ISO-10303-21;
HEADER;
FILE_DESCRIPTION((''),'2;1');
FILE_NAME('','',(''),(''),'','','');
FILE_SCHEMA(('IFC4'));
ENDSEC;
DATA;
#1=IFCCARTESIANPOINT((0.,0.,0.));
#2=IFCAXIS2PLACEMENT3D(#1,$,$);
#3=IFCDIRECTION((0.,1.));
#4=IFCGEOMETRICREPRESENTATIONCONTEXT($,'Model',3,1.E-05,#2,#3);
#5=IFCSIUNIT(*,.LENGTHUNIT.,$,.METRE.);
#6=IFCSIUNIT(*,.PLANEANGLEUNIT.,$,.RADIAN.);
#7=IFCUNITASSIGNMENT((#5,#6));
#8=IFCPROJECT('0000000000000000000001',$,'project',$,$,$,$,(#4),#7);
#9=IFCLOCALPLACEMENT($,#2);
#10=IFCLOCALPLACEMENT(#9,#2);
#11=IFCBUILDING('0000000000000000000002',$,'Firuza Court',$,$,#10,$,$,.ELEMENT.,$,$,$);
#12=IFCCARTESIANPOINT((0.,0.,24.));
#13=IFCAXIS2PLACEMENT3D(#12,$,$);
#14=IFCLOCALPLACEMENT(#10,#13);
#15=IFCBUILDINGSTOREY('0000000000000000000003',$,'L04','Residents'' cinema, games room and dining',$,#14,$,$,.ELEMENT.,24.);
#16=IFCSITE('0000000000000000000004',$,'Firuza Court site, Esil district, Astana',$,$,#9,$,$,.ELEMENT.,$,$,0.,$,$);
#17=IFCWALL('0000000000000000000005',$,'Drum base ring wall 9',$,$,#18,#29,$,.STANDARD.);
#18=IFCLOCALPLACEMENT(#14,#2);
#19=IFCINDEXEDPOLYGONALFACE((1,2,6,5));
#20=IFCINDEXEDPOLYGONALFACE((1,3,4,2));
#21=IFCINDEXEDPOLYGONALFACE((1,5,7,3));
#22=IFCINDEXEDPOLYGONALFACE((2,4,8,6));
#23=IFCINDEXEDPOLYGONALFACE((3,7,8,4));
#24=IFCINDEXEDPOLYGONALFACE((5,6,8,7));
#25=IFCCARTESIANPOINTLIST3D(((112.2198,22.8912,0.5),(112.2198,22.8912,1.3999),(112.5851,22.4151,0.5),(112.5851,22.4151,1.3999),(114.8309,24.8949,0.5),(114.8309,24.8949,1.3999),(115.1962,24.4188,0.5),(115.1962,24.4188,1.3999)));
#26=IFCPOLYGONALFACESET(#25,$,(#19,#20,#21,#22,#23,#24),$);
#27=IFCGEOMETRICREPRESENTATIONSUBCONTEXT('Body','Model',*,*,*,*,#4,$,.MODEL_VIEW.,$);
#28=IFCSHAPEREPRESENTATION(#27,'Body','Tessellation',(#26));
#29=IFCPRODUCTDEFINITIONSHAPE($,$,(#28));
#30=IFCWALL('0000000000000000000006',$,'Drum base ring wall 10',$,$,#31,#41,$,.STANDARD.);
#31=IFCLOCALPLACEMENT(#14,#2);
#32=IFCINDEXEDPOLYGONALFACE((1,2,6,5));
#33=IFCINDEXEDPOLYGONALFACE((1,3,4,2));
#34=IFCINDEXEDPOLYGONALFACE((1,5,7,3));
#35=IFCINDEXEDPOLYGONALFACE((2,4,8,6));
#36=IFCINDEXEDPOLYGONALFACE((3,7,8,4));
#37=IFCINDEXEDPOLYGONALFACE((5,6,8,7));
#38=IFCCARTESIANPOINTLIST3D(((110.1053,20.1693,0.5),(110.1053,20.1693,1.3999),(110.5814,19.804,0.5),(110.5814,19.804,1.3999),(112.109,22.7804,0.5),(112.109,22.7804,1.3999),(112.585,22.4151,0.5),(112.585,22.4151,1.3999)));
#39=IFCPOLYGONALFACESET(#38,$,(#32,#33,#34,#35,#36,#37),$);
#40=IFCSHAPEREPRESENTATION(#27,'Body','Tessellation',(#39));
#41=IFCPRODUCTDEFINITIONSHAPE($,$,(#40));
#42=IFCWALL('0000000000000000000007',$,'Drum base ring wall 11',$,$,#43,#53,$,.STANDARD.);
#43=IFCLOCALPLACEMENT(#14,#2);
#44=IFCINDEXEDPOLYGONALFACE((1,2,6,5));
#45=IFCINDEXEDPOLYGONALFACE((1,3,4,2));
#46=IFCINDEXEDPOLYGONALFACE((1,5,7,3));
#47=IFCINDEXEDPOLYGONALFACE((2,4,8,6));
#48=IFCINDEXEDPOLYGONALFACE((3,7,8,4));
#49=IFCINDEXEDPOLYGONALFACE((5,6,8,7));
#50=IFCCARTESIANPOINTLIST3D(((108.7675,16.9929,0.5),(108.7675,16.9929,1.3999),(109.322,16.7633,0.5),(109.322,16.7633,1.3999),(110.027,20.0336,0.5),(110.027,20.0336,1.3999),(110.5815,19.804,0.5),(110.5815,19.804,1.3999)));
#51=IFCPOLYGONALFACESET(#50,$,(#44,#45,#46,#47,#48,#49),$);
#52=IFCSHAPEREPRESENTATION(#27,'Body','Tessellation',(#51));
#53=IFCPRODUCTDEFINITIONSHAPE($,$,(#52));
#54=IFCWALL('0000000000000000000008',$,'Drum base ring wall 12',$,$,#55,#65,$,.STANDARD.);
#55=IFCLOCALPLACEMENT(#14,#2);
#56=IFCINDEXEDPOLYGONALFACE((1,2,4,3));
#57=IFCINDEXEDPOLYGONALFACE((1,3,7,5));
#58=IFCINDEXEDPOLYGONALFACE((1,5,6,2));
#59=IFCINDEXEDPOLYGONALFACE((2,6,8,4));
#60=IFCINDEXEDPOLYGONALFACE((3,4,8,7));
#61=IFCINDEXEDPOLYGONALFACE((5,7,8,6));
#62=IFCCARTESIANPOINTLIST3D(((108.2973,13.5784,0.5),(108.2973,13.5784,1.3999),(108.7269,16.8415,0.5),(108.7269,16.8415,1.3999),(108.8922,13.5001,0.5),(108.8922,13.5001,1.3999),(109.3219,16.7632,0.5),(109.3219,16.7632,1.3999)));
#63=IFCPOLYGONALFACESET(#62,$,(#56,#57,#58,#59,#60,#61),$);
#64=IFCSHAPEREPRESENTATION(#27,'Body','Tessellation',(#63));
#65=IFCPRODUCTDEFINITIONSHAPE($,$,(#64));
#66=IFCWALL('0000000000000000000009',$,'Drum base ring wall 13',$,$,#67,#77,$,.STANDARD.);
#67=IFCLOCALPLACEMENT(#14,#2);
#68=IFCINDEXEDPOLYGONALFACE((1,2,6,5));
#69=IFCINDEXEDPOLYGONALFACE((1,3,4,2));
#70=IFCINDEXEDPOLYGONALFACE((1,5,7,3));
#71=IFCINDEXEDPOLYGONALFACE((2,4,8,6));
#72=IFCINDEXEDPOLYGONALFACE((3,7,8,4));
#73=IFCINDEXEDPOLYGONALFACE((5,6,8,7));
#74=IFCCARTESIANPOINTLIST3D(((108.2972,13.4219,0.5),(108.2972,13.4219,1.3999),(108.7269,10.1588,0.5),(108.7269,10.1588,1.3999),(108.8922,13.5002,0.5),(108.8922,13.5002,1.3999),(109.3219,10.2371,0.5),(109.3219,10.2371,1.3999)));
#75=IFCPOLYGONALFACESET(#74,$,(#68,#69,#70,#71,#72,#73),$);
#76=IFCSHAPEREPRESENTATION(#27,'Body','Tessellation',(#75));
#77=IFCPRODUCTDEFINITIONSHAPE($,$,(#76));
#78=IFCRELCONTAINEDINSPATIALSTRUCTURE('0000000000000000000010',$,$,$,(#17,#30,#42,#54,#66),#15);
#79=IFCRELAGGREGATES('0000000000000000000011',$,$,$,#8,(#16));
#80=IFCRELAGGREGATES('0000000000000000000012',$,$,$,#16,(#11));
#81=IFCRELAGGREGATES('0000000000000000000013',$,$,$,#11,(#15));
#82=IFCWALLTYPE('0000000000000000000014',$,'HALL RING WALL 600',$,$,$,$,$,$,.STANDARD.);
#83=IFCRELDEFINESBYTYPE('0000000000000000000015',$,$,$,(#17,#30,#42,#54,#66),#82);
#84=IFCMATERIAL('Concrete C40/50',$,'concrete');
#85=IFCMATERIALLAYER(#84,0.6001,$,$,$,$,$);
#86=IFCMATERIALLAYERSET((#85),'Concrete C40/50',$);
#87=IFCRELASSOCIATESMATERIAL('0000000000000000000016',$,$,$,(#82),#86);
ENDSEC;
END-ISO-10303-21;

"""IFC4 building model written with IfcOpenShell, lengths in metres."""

from ifc_helpers import new_model, si_unit, direction, frame, frame_2d, origin, place, context, subcontext, project, spatial, rectangle, extrude, material, layer, layer_set, type_object, element, save


model = new_model("IFC4")

# Units and contexts
model_context = context("Model", 3, precision=1e-05, world=origin(), true_north=direction((0.0, 1.0)))
body_context = subcontext(model_context, "Body", "Model", "MODEL_VIEW")
ifc_project = project(units=[si_unit("LENGTHUNIT", "METRE"), si_unit("PLANEANGLEUNIT", "RADIAN")], contexts=[model_context])

# Site, building, storey
site_placement = place(None, origin())
site = spatial("IfcSite", under=ifc_project, at=site_placement, Name="Firuza Court site, Esil district, Astana", CompositionType="ELEMENT", RefElevation=0.0)
building_placement = place(site_placement, origin())
building = spatial("IfcBuilding", under=site, at=building_placement, Name="Firuza Court", CompositionType="ELEMENT")
storey_placement = place(building_placement, frame((0.0, 0.0, 24.0)))
storey = spatial("IfcBuildingStorey", under=building, at=storey_placement, Name="L04", Description="Residents' cinema, games room and dining", CompositionType="ELEMENT", Elevation=24.0)

# Shared definitions
ifc_material_1 = material(Name="Concrete C40/50", Category="concrete")

# Walls
ifc_layer_1 = layer(ifc_material_1, 0.6001)
ifc_layer_set_1 = layer_set([ifc_layer_1], Name="Concrete C40/50")
wall_type_1 = type_object("IfcWallType", Name="HALL RING WALL 600", PredefinedType="STANDARD", material=ifc_layer_set_1)
for number, where, z_axis, x_axis, name in (
    (1, (115.0134, 24.6567, 0.5), (0.0, 0.0, 1.0), (-0.793338, -0.608782, 0.0), "Drum base ring wall 9"),
    (2, (112.3469, 22.5977, 0.5), (0.0, 0.0, 1.0), (-0.608782, -0.793338, 0.0), "Drum base ring wall 10"),
    (3, (110.3042, 19.9187, 0.5), (0.0, 0.0, 1.0), (-0.382682, -0.92388, 0.0), "Drum base ring wall 11"),
    (4, (109.0244, 16.8022, 0.5), (0.0, 0.0, 1.0), (-0.13055, -0.991442, 0.0), "Drum base ring wall 12"),
    (5, (108.5947, 13.4609, 0.5), (0.0, 0.0, 1.0), (0.13055, -0.991442, 0.0), "Drum base ring wall 13"),
):
    element("IfcWall", number, at=place(storey_placement, frame(where, z_axis=z_axis, x_axis=x_axis)), inside=storey, type_object=wall_type_1, Name=name, PredefinedType="STANDARD", context=body_context, shape_type="SweptSolid", body=[
        extrude(rectangle(XDim=3.2913, YDim=0.6001, at=frame_2d((1.6455, 0.0))), origin(), (0.0, 0.0, 1.0), 0.8999),
    ])

save(model, "model.ifc")
